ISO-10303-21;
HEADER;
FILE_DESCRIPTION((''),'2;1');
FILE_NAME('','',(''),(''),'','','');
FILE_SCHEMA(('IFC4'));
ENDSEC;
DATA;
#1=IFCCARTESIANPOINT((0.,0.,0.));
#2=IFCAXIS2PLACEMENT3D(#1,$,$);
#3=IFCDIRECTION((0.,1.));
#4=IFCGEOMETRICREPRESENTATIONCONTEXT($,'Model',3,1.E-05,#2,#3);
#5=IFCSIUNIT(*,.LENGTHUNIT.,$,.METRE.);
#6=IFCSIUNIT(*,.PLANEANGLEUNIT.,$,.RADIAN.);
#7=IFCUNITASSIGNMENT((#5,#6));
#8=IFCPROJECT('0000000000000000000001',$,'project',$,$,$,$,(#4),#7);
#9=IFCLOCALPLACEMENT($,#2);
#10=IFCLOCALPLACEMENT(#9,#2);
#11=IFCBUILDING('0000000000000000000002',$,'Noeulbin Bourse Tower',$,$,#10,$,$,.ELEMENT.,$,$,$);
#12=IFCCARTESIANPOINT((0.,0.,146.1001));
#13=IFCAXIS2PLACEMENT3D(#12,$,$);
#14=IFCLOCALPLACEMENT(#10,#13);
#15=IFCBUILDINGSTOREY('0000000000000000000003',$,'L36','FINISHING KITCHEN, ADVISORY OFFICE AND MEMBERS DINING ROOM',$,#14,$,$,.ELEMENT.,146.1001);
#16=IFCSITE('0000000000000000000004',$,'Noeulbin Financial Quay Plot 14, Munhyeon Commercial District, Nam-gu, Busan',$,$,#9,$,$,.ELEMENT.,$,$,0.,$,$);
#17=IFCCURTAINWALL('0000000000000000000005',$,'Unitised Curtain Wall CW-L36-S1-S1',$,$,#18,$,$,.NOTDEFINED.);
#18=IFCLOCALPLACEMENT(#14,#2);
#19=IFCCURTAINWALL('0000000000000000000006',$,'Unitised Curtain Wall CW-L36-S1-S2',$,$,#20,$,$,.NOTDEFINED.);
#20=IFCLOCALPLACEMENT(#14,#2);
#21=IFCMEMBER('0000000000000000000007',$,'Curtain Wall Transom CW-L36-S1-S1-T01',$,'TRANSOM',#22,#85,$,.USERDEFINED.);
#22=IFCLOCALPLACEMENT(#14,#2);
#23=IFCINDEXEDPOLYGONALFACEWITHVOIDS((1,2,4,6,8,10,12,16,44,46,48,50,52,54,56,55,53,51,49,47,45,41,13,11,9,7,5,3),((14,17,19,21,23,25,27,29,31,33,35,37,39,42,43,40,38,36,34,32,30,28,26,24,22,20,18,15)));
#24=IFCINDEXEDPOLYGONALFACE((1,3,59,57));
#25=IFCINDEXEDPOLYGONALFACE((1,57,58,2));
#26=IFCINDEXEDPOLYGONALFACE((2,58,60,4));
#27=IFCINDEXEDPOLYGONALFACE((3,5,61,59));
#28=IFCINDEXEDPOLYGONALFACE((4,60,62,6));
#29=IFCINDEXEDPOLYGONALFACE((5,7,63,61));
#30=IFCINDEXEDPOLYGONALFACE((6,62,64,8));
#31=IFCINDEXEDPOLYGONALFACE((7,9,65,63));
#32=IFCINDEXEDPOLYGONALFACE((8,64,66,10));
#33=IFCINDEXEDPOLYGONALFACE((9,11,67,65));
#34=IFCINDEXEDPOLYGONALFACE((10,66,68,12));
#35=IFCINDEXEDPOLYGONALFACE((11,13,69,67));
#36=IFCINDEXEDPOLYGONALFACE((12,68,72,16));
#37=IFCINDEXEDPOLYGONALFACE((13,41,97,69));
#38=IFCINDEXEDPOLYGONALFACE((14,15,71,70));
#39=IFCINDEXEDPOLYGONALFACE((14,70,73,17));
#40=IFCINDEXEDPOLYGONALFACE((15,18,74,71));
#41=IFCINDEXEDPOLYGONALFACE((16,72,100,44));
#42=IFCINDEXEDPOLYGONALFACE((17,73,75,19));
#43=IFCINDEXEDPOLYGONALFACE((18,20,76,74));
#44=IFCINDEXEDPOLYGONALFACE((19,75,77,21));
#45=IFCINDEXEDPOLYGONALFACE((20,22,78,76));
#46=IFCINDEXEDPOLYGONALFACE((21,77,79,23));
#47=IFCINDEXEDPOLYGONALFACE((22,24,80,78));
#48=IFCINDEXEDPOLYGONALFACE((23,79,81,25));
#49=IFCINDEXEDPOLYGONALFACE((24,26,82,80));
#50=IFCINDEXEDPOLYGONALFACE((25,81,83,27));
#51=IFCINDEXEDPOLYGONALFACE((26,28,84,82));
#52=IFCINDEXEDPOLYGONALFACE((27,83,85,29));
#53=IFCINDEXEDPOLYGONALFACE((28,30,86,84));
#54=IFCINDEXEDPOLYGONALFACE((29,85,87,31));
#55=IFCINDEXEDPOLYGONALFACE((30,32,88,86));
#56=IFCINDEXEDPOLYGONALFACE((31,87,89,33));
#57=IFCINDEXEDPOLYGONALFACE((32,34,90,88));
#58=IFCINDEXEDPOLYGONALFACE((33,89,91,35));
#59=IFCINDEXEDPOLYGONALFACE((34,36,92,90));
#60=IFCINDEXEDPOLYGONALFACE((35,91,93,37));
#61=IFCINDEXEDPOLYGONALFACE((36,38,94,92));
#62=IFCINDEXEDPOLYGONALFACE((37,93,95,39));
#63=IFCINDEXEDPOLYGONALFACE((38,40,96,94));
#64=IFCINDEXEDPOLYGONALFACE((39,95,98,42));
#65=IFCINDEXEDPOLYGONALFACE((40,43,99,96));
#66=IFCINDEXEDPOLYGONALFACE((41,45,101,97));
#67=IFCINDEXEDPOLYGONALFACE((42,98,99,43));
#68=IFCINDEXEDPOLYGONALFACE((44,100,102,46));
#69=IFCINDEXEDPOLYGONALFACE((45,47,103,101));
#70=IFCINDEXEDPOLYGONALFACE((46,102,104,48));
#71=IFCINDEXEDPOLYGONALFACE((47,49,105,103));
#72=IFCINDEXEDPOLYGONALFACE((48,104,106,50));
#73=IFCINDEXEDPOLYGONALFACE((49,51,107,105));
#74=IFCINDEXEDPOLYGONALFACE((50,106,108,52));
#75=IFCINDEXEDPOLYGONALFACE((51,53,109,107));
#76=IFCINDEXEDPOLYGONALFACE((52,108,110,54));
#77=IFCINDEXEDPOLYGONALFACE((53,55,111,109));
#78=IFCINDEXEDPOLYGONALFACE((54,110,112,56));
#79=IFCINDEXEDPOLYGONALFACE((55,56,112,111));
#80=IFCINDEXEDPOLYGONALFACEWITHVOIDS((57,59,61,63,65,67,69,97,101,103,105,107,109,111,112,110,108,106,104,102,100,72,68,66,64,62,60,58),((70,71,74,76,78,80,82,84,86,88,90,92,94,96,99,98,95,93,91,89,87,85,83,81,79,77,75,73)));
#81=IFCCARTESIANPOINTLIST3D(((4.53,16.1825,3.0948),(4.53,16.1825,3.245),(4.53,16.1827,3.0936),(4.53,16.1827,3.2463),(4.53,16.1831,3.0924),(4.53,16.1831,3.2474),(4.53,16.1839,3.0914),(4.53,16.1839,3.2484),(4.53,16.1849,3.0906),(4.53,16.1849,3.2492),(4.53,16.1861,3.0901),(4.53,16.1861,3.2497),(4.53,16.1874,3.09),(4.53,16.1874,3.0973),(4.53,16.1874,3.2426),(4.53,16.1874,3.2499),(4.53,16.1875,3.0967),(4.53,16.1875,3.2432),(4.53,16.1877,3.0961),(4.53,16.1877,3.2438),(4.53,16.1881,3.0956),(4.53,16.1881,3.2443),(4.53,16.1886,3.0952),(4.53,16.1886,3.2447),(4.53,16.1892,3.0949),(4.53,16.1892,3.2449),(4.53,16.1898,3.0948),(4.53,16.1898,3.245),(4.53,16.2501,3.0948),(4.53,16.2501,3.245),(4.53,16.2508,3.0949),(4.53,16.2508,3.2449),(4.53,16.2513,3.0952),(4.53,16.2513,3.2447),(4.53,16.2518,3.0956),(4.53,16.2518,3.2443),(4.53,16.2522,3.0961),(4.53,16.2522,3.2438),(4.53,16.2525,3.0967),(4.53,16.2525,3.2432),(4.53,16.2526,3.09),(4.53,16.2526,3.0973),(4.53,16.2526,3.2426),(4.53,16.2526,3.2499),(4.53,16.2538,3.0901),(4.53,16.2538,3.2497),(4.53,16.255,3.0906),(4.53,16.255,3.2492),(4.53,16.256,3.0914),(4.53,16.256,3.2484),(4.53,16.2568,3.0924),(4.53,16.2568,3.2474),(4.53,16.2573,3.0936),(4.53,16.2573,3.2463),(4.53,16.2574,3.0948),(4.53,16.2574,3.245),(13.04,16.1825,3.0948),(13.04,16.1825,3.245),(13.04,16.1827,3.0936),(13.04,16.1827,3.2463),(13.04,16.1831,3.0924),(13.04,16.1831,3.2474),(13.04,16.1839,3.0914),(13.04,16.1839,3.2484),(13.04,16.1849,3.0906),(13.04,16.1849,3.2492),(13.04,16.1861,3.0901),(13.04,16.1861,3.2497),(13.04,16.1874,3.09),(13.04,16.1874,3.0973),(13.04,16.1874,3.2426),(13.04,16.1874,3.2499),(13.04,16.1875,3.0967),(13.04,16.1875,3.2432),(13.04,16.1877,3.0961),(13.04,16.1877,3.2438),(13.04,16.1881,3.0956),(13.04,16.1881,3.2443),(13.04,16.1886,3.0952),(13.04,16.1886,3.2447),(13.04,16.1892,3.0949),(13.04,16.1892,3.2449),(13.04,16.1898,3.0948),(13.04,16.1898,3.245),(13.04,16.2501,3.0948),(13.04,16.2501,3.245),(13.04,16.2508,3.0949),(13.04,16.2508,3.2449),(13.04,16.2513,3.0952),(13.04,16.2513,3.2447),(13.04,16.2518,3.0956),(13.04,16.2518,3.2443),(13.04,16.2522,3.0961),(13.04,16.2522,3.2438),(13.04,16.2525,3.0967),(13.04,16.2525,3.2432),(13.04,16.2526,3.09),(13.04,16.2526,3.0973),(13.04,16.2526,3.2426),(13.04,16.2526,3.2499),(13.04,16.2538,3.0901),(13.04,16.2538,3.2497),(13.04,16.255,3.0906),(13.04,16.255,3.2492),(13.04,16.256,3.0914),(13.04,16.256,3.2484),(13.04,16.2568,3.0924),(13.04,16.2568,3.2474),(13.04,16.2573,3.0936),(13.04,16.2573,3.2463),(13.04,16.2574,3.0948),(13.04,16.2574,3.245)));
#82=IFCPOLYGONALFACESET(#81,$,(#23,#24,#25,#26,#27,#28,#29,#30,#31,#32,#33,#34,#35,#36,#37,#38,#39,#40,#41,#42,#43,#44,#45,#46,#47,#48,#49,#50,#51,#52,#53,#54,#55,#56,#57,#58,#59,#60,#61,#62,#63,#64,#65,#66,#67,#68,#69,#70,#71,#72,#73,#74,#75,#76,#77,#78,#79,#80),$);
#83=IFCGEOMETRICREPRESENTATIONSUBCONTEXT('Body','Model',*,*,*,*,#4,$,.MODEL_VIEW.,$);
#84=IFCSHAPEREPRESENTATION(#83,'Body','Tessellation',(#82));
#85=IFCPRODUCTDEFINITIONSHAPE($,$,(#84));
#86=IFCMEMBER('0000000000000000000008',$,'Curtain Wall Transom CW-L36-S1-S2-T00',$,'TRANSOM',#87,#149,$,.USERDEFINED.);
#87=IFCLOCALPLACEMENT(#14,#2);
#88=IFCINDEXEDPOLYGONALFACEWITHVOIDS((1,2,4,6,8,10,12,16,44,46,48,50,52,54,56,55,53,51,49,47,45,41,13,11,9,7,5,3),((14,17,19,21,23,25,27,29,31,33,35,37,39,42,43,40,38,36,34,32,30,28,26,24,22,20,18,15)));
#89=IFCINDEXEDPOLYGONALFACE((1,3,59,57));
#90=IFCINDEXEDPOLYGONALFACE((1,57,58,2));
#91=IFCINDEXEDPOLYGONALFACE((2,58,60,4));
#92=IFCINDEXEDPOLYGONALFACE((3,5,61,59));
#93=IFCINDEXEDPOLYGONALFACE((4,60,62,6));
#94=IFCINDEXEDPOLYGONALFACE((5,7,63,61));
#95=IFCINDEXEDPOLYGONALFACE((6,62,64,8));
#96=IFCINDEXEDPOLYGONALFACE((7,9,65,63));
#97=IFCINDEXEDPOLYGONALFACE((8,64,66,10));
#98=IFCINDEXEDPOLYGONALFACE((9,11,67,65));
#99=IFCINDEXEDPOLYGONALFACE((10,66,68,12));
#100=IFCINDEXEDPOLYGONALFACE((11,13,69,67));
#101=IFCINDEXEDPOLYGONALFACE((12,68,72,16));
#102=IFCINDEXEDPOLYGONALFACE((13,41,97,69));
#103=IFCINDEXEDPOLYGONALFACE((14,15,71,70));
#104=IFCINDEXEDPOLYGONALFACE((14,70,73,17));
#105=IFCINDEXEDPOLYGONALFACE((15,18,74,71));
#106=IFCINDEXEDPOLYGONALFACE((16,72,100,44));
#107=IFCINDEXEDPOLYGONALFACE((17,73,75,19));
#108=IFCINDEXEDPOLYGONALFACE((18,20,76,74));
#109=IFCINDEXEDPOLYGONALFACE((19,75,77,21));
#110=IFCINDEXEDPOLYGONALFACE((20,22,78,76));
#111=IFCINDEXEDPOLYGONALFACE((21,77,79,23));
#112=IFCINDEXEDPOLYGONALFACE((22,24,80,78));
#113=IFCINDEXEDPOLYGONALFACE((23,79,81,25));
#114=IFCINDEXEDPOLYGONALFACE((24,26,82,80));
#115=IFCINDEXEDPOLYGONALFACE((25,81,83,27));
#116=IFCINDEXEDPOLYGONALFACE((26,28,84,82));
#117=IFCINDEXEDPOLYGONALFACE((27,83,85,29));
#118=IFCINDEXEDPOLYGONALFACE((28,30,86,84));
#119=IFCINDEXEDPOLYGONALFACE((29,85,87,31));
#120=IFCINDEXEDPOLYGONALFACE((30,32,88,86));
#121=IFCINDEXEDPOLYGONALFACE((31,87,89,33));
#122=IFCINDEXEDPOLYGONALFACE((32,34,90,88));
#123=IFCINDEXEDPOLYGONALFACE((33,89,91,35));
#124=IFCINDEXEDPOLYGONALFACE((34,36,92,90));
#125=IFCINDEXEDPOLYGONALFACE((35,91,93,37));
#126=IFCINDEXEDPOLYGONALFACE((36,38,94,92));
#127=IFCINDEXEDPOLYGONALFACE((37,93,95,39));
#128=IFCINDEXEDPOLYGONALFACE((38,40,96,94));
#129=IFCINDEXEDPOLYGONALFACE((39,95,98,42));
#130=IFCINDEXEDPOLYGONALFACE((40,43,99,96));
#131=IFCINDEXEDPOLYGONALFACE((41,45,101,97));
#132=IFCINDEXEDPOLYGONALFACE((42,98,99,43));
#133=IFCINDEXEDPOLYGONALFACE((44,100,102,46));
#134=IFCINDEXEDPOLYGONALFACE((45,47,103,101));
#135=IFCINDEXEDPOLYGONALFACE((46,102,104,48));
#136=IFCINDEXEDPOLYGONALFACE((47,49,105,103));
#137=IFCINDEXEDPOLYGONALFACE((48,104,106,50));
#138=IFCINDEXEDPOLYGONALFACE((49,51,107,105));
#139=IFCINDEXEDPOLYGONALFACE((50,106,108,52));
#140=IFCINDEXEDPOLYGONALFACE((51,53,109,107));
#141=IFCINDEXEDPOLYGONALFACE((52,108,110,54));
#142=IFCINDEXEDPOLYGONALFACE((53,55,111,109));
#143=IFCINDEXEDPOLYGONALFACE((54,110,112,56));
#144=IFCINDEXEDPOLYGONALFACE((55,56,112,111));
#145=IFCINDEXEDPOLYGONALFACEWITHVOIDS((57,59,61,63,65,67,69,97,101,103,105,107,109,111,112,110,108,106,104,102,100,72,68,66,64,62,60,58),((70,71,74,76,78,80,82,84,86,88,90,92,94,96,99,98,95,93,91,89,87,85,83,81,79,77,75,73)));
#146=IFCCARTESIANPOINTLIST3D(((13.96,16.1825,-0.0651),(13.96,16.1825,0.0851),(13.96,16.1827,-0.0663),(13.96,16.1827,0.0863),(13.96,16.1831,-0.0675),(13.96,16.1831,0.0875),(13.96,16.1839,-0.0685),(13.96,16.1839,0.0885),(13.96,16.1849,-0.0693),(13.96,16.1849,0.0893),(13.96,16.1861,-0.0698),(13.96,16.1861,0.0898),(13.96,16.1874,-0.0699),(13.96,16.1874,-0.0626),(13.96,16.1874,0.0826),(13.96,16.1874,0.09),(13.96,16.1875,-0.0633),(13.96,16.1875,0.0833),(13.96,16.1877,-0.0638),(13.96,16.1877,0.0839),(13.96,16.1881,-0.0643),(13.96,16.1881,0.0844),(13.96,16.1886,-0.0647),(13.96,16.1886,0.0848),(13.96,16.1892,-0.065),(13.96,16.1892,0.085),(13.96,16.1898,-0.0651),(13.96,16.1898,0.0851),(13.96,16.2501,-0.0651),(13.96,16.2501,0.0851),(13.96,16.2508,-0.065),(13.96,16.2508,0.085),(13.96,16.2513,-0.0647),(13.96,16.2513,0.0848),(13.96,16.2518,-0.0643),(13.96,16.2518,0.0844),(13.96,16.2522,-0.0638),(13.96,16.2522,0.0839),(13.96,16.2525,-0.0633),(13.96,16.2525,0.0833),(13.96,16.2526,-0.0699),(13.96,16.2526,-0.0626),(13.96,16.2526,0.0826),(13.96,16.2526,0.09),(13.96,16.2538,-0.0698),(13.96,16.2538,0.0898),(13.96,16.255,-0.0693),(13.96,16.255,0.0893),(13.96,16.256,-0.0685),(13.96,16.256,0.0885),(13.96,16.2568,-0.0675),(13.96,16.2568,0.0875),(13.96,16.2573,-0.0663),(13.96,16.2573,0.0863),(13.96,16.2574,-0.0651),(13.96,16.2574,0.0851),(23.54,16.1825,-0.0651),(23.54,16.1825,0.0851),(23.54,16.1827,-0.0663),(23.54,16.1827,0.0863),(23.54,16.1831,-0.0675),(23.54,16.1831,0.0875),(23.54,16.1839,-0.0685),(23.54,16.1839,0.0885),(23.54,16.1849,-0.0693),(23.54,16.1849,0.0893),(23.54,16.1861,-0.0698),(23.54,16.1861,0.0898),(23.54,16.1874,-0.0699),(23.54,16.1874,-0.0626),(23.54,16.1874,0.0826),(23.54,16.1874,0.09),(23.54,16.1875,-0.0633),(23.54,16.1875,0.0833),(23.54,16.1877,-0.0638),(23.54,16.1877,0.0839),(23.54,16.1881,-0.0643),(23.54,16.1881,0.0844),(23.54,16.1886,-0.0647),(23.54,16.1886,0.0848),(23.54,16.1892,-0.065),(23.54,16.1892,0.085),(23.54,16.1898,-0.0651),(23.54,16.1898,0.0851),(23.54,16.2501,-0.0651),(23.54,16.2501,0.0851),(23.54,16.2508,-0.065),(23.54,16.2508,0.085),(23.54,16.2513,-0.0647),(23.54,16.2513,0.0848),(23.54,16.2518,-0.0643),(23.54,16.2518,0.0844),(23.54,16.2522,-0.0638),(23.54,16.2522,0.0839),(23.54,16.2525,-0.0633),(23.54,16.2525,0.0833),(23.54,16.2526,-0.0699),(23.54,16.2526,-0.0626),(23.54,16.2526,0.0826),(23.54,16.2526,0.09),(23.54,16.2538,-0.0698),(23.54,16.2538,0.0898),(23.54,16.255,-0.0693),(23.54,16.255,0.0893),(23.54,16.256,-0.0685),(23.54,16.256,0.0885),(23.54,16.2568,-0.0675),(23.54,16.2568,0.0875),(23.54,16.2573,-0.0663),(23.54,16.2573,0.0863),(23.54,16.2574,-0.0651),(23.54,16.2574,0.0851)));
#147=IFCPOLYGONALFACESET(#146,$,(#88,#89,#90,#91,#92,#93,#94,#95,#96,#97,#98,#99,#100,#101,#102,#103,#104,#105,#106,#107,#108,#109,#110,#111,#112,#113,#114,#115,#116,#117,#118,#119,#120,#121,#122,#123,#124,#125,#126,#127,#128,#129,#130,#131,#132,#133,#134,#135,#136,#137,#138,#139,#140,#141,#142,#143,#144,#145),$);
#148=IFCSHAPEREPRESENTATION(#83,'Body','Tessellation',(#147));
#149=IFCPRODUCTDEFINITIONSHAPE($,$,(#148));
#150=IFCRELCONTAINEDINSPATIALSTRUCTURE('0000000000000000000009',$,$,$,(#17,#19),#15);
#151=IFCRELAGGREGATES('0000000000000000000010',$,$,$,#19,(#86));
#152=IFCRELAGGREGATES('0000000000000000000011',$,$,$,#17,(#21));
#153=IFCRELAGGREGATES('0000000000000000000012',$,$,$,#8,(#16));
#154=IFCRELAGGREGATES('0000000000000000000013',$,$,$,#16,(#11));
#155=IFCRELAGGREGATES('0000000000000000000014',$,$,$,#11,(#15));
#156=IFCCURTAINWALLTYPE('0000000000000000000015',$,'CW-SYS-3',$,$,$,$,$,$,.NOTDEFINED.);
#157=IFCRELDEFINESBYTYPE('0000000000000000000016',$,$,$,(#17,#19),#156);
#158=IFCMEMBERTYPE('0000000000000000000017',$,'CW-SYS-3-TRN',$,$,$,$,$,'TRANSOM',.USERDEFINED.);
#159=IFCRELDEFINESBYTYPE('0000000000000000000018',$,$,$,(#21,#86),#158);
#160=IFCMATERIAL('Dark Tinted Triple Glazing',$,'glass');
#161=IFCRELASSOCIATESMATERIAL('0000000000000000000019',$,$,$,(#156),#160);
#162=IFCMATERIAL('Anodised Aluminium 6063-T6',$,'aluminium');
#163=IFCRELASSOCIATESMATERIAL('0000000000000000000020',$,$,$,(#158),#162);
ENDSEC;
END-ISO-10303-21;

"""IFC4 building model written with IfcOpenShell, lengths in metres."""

from ifc_helpers import new_model, si_unit, direction, frame, origin, origin_2d, place, context, subcontext, project, spatial, hollow_rectangle, extrude, material, material_profile, profile_set, type_object, element, aggregate, save


model = new_model("IFC4")

# Units and contexts
model_context = context("Model", 3, precision=1e-05, world=origin(), true_north=direction((0.0, 1.0)))
body_context = subcontext(model_context, "Body", "Model", "MODEL_VIEW")
ifc_project = project(units=[si_unit("LENGTHUNIT", "METRE"), si_unit("PLANEANGLEUNIT", "RADIAN")], contexts=[model_context])

# Site, building, storey
site_placement = place(None, origin())
site = spatial("IfcSite", under=ifc_project, at=site_placement, Name="Noeulbin Financial Quay Plot 14, Munhyeon Commercial District, Nam-gu, Busan", CompositionType="ELEMENT", RefElevation=0.0)
building_placement = place(site_placement, origin())
building = spatial("IfcBuilding", under=site, at=building_placement, Name="Noeulbin Bourse Tower", CompositionType="ELEMENT")
storey_placement = place(building_placement, frame((0.0, 0.0, 146.1001)))
storey = spatial("IfcBuildingStorey", under=building, at=storey_placement, Name="L36", Description="FINISHING KITCHEN, ADVISORY OFFICE AND MEMBERS DINING ROOM", CompositionType="ELEMENT", Elevation=146.1001)

# Curtain wall
ifc_material_1 = material(Name="Dark Tinted Triple Glazing", Category="glass")
curtain_wall_type = type_object("IfcCurtainWallType", Name="CW-SYS-3", PredefinedType="NOTDEFINED", material=ifc_material_1)
curtain_wall_1_placement = place(storey_placement, origin())
curtain_wall_1 = element("IfcCurtainWall", 1, at=curtain_wall_1_placement, inside=storey, type_object=curtain_wall_type, Name="Unitised Curtain Wall CW-L36-S1-S1", PredefinedType="NOTDEFINED")
ifc_material_2 = material(Name="Anodised Aluminium 6063-T6", Category="aluminium")

# Curtain wall
curtain_wall_2_placement = place(storey_placement, origin())
curtain_wall_2 = element("IfcCurtainWall", 2, at=curtain_wall_2_placement, inside=storey, type_object=curtain_wall_type, Name="Unitised Curtain Wall CW-L36-S1-S2", PredefinedType="NOTDEFINED")

# Members
ifc_material_profile_1 = material_profile(ifc_material_2, hollow_rectangle(XDim=0.075, YDim=0.1599, WallThickness=0.0049, InnerFilletRadius=0.0024, OuterFilletRadius=0.0049, at=origin_2d()), Name="ALU-TRAN-75x160x5", Category="LoadBearing")
ifc_profile_set_1 = profile_set([ifc_material_profile_1], Name="Anodised Aluminium 6063-T6")
member_type_1 = type_object("IfcMemberType", Name="CW-SYS-3-TRN", ElementType="TRANSOM", PredefinedType="USERDEFINED", material=ifc_profile_set_1)
member_1_placement = place(storey_placement, frame((4.53, 16.22, 3.1699), z_axis=(1.0, 0.0, 0.0), x_axis=(0.0, 1.0, 0.0)))
member_1 = element("IfcMember", 3, at=member_1_placement, type_object=member_type_1, Name="Curtain Wall Transom CW-L36-S1-S1-T01", ObjectType="TRANSOM", PredefinedType="USERDEFINED", context=body_context, shape_type="SweptSolid", body=[
    extrude(hollow_rectangle(XDim=0.075, YDim=0.1599, WallThickness=0.0049, InnerFilletRadius=0.0024, OuterFilletRadius=0.0049, at=origin_2d()), origin(), (0.0, 0.0, 1.0), 8.51),
])
member_2_placement = place(storey_placement, frame((13.96, 16.22, 0.01), z_axis=(1.0, 0.0, 0.0), x_axis=(0.0, 1.0, 0.0)))
member_2 = element("IfcMember", 4, at=member_2_placement, type_object=member_type_1, Name="Curtain Wall Transom CW-L36-S1-S2-T00", ObjectType="TRANSOM", PredefinedType="USERDEFINED", context=body_context, shape_type="SweptSolid", body=[
    extrude(hollow_rectangle(XDim=0.075, YDim=0.1599, WallThickness=0.0049, InnerFilletRadius=0.0024, OuterFilletRadius=0.0049, at=origin_2d()), origin(), (0.0, 0.0, 1.0), 9.5801),
])
aggregate(curtain_wall_2, [member_2])

aggregate(curtain_wall_1, [member_1])

save(model, "model.ifc")
